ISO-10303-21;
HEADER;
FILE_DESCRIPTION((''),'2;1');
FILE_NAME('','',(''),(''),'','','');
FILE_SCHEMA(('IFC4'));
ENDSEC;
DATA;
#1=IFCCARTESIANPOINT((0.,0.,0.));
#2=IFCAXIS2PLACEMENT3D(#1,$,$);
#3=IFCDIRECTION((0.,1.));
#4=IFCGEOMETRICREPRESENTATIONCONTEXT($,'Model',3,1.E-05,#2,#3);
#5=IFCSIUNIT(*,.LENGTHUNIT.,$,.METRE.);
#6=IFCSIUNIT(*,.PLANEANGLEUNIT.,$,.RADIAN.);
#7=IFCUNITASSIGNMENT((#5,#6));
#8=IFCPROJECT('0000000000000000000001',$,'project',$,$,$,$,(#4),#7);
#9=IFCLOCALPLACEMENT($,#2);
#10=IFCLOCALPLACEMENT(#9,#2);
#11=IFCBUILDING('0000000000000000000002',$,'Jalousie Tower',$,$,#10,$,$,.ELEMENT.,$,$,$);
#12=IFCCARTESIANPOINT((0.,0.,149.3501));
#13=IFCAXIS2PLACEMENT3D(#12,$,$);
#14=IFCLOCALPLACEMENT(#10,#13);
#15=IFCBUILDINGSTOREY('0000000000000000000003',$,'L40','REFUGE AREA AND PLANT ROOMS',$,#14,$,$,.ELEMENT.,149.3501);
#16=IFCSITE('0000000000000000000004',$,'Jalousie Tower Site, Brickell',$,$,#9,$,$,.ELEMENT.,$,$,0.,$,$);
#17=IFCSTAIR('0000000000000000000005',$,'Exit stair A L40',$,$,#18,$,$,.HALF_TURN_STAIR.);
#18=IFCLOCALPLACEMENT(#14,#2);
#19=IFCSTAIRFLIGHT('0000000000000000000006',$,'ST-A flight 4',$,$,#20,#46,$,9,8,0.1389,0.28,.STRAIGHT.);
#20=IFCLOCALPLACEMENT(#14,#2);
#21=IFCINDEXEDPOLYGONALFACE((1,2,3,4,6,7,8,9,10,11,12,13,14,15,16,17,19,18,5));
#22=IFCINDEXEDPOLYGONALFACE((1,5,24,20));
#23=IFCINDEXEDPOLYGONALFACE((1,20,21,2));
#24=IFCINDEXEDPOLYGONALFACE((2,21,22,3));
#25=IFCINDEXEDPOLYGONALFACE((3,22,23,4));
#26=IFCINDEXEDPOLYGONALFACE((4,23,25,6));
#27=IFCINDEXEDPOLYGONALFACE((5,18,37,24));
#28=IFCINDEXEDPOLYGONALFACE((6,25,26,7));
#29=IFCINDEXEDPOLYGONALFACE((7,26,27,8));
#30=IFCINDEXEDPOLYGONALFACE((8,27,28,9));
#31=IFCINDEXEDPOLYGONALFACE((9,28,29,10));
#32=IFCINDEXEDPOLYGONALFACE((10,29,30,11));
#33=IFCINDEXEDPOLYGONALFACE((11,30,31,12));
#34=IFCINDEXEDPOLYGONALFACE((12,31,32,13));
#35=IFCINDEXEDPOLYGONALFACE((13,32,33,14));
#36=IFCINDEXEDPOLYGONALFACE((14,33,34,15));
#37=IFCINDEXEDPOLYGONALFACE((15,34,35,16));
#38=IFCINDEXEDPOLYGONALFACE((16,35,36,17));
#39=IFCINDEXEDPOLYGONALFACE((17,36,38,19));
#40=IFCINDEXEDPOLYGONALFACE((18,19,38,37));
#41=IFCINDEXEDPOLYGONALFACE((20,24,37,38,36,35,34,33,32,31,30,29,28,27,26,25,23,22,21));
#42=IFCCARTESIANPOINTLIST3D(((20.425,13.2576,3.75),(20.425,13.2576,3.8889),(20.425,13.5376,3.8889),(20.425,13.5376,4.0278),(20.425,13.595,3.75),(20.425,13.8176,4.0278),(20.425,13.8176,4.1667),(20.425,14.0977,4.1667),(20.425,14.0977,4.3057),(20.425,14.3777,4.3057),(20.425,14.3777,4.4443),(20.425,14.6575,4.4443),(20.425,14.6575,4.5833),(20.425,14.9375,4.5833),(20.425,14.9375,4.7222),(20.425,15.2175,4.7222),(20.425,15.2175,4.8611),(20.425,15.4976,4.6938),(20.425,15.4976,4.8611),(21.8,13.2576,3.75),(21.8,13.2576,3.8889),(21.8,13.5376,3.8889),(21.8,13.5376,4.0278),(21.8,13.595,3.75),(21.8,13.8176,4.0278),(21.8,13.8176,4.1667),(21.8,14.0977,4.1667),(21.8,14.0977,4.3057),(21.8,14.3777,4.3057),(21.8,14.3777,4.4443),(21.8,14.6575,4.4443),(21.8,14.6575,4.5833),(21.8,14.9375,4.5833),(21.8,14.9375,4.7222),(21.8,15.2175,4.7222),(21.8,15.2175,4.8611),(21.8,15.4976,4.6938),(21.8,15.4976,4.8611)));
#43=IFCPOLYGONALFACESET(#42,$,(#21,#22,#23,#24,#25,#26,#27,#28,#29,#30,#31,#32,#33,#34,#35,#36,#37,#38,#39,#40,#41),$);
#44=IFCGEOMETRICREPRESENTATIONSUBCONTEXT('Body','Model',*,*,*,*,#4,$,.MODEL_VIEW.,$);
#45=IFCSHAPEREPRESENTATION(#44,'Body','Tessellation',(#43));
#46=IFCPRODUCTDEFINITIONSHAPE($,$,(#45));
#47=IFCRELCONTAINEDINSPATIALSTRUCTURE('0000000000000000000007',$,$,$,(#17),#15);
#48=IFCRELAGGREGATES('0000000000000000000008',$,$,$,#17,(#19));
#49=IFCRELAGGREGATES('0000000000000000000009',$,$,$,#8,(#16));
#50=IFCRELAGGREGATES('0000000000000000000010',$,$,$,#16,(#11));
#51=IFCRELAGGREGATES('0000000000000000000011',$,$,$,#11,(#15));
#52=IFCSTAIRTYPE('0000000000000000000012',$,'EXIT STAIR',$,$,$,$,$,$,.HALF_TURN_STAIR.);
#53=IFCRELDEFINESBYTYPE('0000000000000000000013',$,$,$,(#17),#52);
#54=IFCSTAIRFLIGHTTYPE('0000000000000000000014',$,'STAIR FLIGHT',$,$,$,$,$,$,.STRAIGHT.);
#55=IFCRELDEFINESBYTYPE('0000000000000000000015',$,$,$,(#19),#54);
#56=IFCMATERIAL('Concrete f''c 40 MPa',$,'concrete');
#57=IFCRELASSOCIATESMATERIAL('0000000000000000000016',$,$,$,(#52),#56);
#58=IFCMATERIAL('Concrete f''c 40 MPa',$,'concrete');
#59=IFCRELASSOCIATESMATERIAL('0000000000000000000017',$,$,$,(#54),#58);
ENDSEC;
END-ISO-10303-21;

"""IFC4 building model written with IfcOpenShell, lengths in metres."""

from ifc_helpers import new_model, si_unit, direction, frame, origin, place, context, subcontext, project, spatial, polyline, outline, extrude, material, type_object, element, aggregate, save


model = new_model("IFC4")

# Units and contexts
model_context = context("Model", 3, precision=1e-05, world=origin(), true_north=direction((0.0, 1.0)))
body_context = subcontext(model_context, "Body", "Model", "MODEL_VIEW")
ifc_project = project(units=[si_unit("LENGTHUNIT", "METRE"), si_unit("PLANEANGLEUNIT", "RADIAN")], contexts=[model_context])

# Site, building, storey
site_placement = place(None, origin())
site = spatial("IfcSite", under=ifc_project, at=site_placement, Name="Jalousie Tower Site, Brickell", CompositionType="ELEMENT", RefElevation=0.0)
building_placement = place(site_placement, origin())
building = spatial("IfcBuilding", under=site, at=building_placement, Name="Jalousie Tower", CompositionType="ELEMENT")
storey_placement = place(building_placement, frame((0.0, 0.0, 149.3501)))
storey = spatial("IfcBuildingStorey", under=building, at=storey_placement, Name="L40", Description="REFUGE AREA AND PLANT ROOMS", CompositionType="ELEMENT", Elevation=149.3501)

# Stair, stair flight
ifc_material_1 = material(Name="Concrete f'c 40 MPa", Category="concrete")
stair_type = type_object("IfcStairType", Name="EXIT STAIR", PredefinedType="HALF_TURN_STAIR", material=ifc_material_1)
stair_placement = place(storey_placement, origin())
stair = element("IfcStair", 1, at=stair_placement, inside=storey, type_object=stair_type, Name="Exit stair A L40", PredefinedType="HALF_TURN_STAIR")
ifc_material_2 = material(Name="Concrete f'c 40 MPa", Category="concrete")
stair_flight_type = type_object("IfcStairFlightType", Name="STAIR FLIGHT", PredefinedType="STRAIGHT", material=ifc_material_2)
stair_flight_placement = place(storey_placement, frame((21.1125, 13.2576, 3.75), z_axis=(0.0, 0.0, 1.0), x_axis=(0.0, 1.0, 0.0)))
stair_flight = element("IfcStairFlight", 2, at=stair_flight_placement, type_object=stair_flight_type, Name="ST-A flight 4", NumberOfRisers=9, NumberOfTreads=8, PredefinedType="STRAIGHT", RiserHeight=0.1389, TreadLength=0.28, context=body_context, shape_type="SweptSolid", body=[
    extrude(outline(polyline([(0.0, 0.0), (0.0, 0.1389), (0.28, 0.1389), (0.28, 0.2778), (0.5601, 0.2778), (0.5601, 0.4167), (0.8401, 0.4167), (0.8401, 0.5557), (1.1201, 0.5557), (1.1201, 0.6943), (1.3999, 0.6943), (1.3999, 0.8333), (1.6799, 0.8333), (1.6799, 0.9722), (1.96, 0.9722), (1.96, 1.1111), (2.24, 1.1111), (2.24, 1.25), (2.24, 0.9438), (0.3374, 0.0), (0.0, 0.0)])), frame((0.0, 0.6875, 0.0), z_axis=(0.0, -1.0, 0.0), x_axis=(1.0, 0.0, 0.0)), (0.0, 0.0, 1.0), 1.375),
])
aggregate(stair, [stair_flight])

save(model, "model.ifc")
